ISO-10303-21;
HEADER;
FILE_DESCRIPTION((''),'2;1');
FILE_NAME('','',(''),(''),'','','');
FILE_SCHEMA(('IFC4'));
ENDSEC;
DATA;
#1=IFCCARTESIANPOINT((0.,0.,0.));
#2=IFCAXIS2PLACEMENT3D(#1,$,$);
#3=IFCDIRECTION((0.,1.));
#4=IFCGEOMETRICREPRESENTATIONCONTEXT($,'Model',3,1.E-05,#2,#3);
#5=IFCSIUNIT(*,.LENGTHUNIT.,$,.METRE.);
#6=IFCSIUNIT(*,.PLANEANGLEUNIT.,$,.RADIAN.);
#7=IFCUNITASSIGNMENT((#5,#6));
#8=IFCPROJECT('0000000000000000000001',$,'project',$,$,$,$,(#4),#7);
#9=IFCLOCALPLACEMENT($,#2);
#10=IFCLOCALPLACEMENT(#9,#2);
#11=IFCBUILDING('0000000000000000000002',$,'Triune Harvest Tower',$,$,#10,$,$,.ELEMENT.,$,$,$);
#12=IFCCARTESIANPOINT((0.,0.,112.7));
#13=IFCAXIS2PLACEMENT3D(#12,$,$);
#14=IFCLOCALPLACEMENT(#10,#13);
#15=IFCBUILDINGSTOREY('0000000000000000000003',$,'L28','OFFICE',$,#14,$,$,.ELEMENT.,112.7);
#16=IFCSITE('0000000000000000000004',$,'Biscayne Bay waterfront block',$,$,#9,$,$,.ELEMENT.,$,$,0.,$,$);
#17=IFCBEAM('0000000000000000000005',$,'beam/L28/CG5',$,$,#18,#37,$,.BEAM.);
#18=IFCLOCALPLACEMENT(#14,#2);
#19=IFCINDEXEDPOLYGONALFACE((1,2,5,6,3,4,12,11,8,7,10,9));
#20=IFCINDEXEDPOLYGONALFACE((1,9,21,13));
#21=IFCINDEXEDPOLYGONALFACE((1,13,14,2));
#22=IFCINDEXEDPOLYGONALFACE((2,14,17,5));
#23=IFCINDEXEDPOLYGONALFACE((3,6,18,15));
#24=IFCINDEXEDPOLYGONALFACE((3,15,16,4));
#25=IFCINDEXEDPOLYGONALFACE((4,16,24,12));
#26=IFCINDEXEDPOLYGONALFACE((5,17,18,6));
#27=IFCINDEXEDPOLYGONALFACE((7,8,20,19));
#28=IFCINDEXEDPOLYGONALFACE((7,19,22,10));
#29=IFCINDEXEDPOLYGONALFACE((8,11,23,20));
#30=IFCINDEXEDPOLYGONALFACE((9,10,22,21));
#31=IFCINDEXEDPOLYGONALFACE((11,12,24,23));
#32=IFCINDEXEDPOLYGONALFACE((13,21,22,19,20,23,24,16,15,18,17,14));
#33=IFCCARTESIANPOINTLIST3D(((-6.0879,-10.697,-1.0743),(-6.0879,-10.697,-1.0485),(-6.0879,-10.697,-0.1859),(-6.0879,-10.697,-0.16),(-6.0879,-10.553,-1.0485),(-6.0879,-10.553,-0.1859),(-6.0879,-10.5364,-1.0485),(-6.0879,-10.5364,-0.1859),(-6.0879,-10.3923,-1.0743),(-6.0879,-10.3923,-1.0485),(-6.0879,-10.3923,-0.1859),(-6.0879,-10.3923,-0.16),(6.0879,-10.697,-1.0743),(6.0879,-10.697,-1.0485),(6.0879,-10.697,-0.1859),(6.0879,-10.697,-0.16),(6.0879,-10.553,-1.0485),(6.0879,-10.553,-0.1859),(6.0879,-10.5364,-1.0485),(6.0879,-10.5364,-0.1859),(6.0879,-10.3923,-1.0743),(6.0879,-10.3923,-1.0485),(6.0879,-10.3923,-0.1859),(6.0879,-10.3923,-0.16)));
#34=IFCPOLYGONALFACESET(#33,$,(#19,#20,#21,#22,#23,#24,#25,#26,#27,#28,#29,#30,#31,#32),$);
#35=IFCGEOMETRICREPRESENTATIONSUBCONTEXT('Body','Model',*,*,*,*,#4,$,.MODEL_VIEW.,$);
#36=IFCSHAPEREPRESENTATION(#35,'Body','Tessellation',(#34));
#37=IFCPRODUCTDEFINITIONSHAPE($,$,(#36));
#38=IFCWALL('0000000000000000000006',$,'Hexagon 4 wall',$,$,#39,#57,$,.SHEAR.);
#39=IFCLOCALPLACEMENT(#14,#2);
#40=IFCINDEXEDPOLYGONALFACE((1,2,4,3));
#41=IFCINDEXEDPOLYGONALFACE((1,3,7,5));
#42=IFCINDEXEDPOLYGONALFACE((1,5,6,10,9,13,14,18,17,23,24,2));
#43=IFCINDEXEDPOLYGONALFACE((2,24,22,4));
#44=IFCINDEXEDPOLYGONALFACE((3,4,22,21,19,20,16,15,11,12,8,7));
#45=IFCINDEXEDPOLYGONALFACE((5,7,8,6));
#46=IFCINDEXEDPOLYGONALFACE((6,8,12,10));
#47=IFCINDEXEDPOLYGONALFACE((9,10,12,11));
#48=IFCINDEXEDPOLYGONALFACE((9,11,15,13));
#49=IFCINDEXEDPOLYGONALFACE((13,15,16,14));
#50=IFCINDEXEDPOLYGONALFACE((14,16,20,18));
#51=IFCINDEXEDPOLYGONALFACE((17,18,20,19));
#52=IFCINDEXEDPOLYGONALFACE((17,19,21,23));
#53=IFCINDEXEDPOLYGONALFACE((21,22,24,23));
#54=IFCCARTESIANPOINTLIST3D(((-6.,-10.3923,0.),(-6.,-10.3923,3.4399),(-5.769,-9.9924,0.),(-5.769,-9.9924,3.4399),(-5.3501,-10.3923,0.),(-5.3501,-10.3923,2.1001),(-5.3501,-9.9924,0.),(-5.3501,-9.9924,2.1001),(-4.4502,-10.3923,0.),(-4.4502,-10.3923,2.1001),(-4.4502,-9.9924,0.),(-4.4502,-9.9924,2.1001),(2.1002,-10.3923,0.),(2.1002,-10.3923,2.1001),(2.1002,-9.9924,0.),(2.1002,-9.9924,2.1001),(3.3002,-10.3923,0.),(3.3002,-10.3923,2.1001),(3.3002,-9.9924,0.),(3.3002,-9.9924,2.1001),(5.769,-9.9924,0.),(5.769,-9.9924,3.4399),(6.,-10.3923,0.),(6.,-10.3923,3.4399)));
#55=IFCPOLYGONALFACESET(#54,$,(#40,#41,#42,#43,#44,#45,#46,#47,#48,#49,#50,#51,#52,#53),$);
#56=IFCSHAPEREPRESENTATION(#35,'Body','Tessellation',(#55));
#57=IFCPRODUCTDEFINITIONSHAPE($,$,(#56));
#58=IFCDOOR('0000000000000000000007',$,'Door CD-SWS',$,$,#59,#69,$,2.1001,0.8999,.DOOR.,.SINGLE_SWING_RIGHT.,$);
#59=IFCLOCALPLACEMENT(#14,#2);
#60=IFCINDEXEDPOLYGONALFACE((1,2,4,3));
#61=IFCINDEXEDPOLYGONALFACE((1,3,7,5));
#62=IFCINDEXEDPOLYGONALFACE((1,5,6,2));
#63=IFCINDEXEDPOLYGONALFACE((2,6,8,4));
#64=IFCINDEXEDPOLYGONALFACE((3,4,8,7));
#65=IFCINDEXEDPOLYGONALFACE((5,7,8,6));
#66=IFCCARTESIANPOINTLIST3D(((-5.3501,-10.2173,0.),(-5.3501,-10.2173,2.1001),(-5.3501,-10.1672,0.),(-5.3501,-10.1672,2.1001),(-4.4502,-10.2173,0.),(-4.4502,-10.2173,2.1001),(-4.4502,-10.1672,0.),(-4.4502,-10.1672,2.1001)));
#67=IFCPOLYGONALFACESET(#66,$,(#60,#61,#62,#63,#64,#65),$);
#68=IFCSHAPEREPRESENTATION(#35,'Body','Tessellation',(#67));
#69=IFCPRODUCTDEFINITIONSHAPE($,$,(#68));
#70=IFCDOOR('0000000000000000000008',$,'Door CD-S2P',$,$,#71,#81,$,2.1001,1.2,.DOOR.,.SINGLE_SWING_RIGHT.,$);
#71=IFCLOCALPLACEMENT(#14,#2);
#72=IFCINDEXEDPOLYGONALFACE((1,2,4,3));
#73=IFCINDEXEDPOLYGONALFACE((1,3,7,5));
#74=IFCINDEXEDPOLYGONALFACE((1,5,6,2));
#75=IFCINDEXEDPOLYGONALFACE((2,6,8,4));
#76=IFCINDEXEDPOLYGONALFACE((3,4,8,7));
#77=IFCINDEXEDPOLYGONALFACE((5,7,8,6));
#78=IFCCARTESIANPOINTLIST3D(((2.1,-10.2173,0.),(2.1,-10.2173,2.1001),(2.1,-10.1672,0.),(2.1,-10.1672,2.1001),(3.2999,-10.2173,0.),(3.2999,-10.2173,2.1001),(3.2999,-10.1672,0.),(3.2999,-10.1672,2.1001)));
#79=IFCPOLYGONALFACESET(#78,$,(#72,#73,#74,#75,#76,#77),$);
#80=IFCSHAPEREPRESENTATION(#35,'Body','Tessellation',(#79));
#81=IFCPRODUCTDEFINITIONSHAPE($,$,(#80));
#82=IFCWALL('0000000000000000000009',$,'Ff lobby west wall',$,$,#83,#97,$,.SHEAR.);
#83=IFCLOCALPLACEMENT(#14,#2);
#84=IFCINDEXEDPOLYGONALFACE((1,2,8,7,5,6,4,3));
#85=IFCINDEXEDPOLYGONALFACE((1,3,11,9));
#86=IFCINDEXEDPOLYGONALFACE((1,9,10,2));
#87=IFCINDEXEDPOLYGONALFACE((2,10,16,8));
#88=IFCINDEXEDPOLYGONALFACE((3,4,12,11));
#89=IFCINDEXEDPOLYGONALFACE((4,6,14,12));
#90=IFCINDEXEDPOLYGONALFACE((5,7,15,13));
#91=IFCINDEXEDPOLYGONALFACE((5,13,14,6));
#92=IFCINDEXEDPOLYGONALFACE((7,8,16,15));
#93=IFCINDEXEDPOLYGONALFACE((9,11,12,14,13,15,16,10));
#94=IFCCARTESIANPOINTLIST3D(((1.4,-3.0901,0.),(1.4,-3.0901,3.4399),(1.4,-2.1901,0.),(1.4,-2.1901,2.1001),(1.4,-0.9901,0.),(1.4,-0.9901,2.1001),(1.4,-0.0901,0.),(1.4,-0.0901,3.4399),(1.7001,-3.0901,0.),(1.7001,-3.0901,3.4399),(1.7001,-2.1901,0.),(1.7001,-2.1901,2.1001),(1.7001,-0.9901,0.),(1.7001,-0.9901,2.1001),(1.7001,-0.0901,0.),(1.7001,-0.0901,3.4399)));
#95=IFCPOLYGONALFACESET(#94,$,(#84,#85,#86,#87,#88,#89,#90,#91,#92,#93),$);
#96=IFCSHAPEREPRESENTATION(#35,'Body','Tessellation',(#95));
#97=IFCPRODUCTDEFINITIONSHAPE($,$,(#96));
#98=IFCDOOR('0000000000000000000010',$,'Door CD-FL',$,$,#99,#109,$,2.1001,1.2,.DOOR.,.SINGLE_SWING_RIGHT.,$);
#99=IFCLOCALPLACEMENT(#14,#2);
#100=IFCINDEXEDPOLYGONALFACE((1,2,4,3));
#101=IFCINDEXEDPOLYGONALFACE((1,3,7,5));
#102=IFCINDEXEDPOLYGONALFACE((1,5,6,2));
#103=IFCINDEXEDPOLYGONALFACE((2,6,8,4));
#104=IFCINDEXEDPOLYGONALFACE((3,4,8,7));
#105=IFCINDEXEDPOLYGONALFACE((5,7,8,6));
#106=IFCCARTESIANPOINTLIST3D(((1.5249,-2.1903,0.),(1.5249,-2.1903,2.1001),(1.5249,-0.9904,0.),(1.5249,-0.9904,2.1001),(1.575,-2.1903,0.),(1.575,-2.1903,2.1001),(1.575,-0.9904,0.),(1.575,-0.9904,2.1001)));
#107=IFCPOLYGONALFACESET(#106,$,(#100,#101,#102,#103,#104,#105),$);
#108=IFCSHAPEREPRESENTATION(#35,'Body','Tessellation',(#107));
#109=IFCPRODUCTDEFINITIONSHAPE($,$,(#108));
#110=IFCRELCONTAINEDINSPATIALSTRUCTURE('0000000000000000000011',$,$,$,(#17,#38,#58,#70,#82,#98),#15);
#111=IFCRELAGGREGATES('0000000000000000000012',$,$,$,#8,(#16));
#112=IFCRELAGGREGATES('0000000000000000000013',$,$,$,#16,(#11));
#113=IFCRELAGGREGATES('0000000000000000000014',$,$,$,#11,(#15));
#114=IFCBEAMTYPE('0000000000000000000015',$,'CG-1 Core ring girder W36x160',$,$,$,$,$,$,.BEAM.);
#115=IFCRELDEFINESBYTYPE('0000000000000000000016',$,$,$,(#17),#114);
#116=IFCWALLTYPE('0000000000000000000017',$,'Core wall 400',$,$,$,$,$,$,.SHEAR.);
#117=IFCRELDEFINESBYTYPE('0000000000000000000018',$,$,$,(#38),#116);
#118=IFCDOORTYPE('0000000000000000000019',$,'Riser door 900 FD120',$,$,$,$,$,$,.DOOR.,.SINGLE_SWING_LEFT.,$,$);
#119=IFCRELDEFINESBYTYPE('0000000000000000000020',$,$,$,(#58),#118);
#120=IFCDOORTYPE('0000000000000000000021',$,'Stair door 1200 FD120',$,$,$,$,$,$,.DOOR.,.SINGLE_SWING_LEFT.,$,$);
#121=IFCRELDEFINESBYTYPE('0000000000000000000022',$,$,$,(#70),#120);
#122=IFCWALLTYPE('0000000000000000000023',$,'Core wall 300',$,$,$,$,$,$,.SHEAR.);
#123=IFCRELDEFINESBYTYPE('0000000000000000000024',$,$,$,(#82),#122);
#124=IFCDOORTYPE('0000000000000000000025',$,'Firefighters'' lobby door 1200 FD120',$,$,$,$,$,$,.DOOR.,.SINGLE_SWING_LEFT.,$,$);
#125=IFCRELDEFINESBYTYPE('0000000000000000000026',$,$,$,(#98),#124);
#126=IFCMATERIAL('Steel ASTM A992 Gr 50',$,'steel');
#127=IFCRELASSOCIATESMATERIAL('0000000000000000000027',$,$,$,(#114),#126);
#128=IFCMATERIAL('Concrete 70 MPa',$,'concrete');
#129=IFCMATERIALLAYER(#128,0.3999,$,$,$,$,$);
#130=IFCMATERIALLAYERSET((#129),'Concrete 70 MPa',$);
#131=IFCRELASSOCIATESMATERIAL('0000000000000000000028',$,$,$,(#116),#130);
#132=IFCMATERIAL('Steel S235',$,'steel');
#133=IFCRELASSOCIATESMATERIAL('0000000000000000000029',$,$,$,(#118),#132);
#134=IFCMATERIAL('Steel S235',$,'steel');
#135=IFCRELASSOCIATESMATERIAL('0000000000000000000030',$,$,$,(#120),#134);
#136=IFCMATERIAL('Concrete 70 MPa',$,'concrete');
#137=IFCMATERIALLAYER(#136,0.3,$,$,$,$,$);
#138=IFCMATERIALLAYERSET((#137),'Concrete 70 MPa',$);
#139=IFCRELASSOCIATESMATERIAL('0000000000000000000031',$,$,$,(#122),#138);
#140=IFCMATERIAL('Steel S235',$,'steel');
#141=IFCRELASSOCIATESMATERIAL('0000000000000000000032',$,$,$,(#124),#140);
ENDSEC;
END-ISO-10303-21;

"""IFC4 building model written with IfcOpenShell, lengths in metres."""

from ifc_helpers import new_model, si_unit, direction, frame, frame_2d, origin, origin_2d, place, context, subcontext, project, spatial, polyline, rectangle, i_section, outline, extrude, source, transform, mapped, material, layer, layer_set, material_profile, profile_set, type_object, element, fill, save


model = new_model("IFC4")

# Units and contexts
model_context = context("Model", 3, precision=1e-05, world=origin(), true_north=direction((0.0, 1.0)))
body_context = subcontext(model_context, "Body", "Model", "MODEL_VIEW")
ifc_project = project(units=[si_unit("LENGTHUNIT", "METRE"), si_unit("PLANEANGLEUNIT", "RADIAN")], contexts=[model_context])

# Site, building, storey
site_placement = place(None, origin())
site = spatial("IfcSite", under=ifc_project, at=site_placement, Name="Biscayne Bay waterfront block", CompositionType="ELEMENT", RefElevation=0.0)
building_placement = place(site_placement, origin())
building = spatial("IfcBuilding", under=site, at=building_placement, Name="Triune Harvest Tower", CompositionType="ELEMENT")
storey_placement = place(building_placement, frame((0.0, 0.0, 112.7)))
storey = spatial("IfcBuildingStorey", under=building, at=storey_placement, Name="L28", Description="OFFICE", CompositionType="ELEMENT", Elevation=112.7)

# Beam
ifc_material_1 = material(Name="Steel ASTM A992 Gr 50", Category="steel")
ifc_material_profile = material_profile(ifc_material_1, i_section(OverallWidth=0.3047, OverallDepth=0.9143, WebThickness=0.0166, FlangeThickness=0.0259, at=origin_2d()), Name="W36x160")
ifc_profile_set = profile_set([ifc_material_profile], Name="Steel ASTM A992 Gr 50")
beam_type = type_object("IfcBeamType", Name="CG-1 Core ring girder W36x160", PredefinedType="BEAM", material=ifc_profile_set)
shared_shape_1 = source(origin(), body_context, "Body", "SweptSolid", [
    extrude(i_section(OverallWidth=0.3047, OverallDepth=0.9143, WebThickness=0.0166, FlangeThickness=0.0259, at=origin_2d()), origin(), (0.0, 0.0, 1.0), 12.1758),
])
beam_placement = place(storey_placement, frame((-6.0879, -10.5447, -0.6172), z_axis=(1.0, 0.0, 0.0), x_axis=(0.0, 1.0, 0.0)))
element("IfcBeam", 1, at=beam_placement, inside=storey, type_object=beam_type, Name="beam/L28/CG5", PredefinedType="BEAM", context=body_context, shape_type="MappedRepresentation", body=[
    mapped(shared_shape_1, transform((0.0, 0.0, 0.0), scale=1.0)),
])

# Wall, openings, doors
ifc_material_2 = material(Name="Concrete 70 MPa", Category="concrete")
ifc_layer_1 = layer(ifc_material_2, 0.3999)
ifc_layer_set_1 = layer_set([ifc_layer_1], Name="Concrete 70 MPa")
wall_type_1 = type_object("IfcWallType", Name="Core wall 400", PredefinedType="SHEAR", material=ifc_layer_set_1)
shared_shape_2 = source(origin(), body_context, "Body", "SweptSolid", [
    extrude(outline(polyline([(-0.1155, -0.2), (11.8845, -0.2), (11.6536, 0.2), (0.1155, 0.2), (-0.1155, -0.2)])), origin(), (0.0, 0.0, 1.0), 3.4399),
])
wall_1_placement = place(storey_placement, frame((-5.8845, -10.1924, 0.0), z_axis=(0.0, 0.0, 1.0), x_axis=(1.0, 0.0, 0.0)))
wall_1 = element("IfcWall", 2, at=wall_1_placement, inside=storey, type_object=wall_type_1, Name="Hexagon 4 wall", PredefinedType="SHEAR", context=body_context, shape_type="MappedRepresentation", body=[
    mapped(shared_shape_2, transform((0.0, 0.0, 0.0), scale=1.0)),
])
opening_1_placement = place(wall_1_placement, frame((7.9846, 0.0, 0.0)))
opening_1 = element("IfcOpeningElement", 3, at=opening_1_placement, cuts=wall_1, PredefinedType="OPENING", context=body_context, shape_type="SweptSolid", body=[
    extrude(rectangle(XDim=1.2, YDim=2.1001, at=frame_2d((0.6001, 1.05))), frame((0.0, 0.21, 0.0), z_axis=(0.0, -1.0, 0.0), x_axis=(1.0, 0.0, 0.0)), (0.0, 0.0, 1.0), 0.4199),
])
opening_2_placement = place(wall_1_placement, frame((0.5344, 0.0, 0.0)))
opening_2 = element("IfcOpeningElement", 4, at=opening_2_placement, cuts=wall_1, PredefinedType="OPENING", context=body_context, shape_type="SweptSolid", body=[
    extrude(rectangle(XDim=0.8999, YDim=2.1001, at=frame_2d((0.45, 1.05))), frame((0.0, 0.21, 0.0), z_axis=(0.0, -1.0, 0.0), x_axis=(1.0, 0.0, 0.0)), (0.0, 0.0, 1.0), 0.4199),
])
ifc_material_3 = material(Name="Steel S235", Category="steel")
door_type_1 = type_object("IfcDoorType", Name="Riser door 900 FD120", OperationType="SINGLE_SWING_LEFT", PredefinedType="DOOR", material=ifc_material_3)
door_1_placement = place(opening_2_placement, frame((0.8999, 0.0, 0.0), z_axis=(0.0, 0.0, 1.0), x_axis=(-1.0, 0.0, 0.0)))
door_1 = element("IfcDoor", 5, at=door_1_placement, inside=storey, type_object=door_type_1, Name="Door CD-SWS", OperationType="SINGLE_SWING_RIGHT", OverallHeight=2.1001, OverallWidth=0.8999, PredefinedType="DOOR", context=body_context, shape_type="SweptSolid", body=[
    extrude(rectangle(XDim=0.8999, YDim=2.1001, at=frame_2d((0.45, 1.05))), frame((0.0, 0.0249, 0.0), z_axis=(0.0, -1.0, 0.0), x_axis=(1.0, 0.0, 0.0)), (0.0, 0.0, 1.0), 0.05),
])
fill(opening_2, door_1)
ifc_material_4 = material(Name="Steel S235", Category="steel")
door_type_2 = type_object("IfcDoorType", Name="Stair door 1200 FD120", OperationType="SINGLE_SWING_LEFT", PredefinedType="DOOR", material=ifc_material_4)
door_2_placement = place(opening_1_placement, frame((1.2, 0.0, 0.0), z_axis=(0.0, 0.0, 1.0), x_axis=(-1.0, 0.0, 0.0)))
door_2 = element("IfcDoor", 6, at=door_2_placement, inside=storey, type_object=door_type_2, Name="Door CD-S2P", OperationType="SINGLE_SWING_RIGHT", OverallHeight=2.1001, OverallWidth=1.2, PredefinedType="DOOR", context=body_context, shape_type="SweptSolid", body=[
    extrude(rectangle(XDim=1.2, YDim=2.1001, at=frame_2d((0.6001, 1.05))), frame((0.0, 0.0249, 0.0), z_axis=(0.0, -1.0, 0.0), x_axis=(1.0, 0.0, 0.0)), (0.0, 0.0, 1.0), 0.05),
])
fill(opening_1, door_2)

# Wall, opening, door
ifc_material_5 = material(Name="Concrete 70 MPa", Category="concrete")
ifc_layer_2 = layer(ifc_material_5, 0.3)
ifc_layer_set_2 = layer_set([ifc_layer_2], Name="Concrete 70 MPa")
wall_type_2 = type_object("IfcWallType", Name="Core wall 300", PredefinedType="SHEAR", material=ifc_layer_set_2)
shared_shape_3 = source(origin(), body_context, "Body", "SweptSolid", [
    extrude(rectangle(XDim=3.0, YDim=0.3, at=frame_2d((1.5, 0.0))), origin(), (0.0, 0.0, 1.0), 3.4399),
])
wall_2_placement = place(storey_placement, frame((1.55, -3.0901, 0.0), z_axis=(0.0, 0.0, 1.0), x_axis=(0.0, 1.0, 0.0)))
wall_2 = element("IfcWall", 7, at=wall_2_placement, inside=storey, type_object=wall_type_2, Name="Ff lobby west wall", PredefinedType="SHEAR", context=body_context, shape_type="MappedRepresentation", body=[
    mapped(shared_shape_3, transform((0.0, 0.0, 0.0), scale=1.0)),
])
opening_3_placement = place(wall_2_placement, frame((0.8999, 0.0, 0.0)))
opening_3 = element("IfcOpeningElement", 8, at=opening_3_placement, cuts=wall_2, PredefinedType="OPENING", context=body_context, shape_type="SweptSolid", body=[
    extrude(rectangle(XDim=1.2, YDim=2.1001, at=frame_2d((0.6001, 1.05))), frame((0.0, 0.1602, 0.0), z_axis=(0.0, -1.0, 0.0), x_axis=(1.0, 0.0, 0.0)), (0.0, 0.0, 1.0), 0.3201),
])
ifc_material_6 = material(Name="Steel S235", Category="steel")
door_type_3 = type_object("IfcDoorType", Name="Firefighters' lobby door 1200 FD120", OperationType="SINGLE_SWING_LEFT", PredefinedType="DOOR", material=ifc_material_6)
door_3_placement = place(opening_3_placement, frame((1.2, 0.0, 0.0), z_axis=(0.0, 0.0, 1.0), x_axis=(-1.0, 0.0, 0.0)))
door_3 = element("IfcDoor", 9, at=door_3_placement, inside=storey, type_object=door_type_3, Name="Door CD-FL", OperationType="SINGLE_SWING_RIGHT", OverallHeight=2.1001, OverallWidth=1.2, PredefinedType="DOOR", context=body_context, shape_type="SweptSolid", body=[
    extrude(rectangle(XDim=1.2, YDim=2.1001, at=frame_2d((0.6001, 1.05))), frame((0.0, 0.0249, 0.0), z_axis=(0.0, -1.0, 0.0), x_axis=(1.0, 0.0, 0.0)), (0.0, 0.0, 1.0), 0.05),
])
fill(opening_3, door_3)

save(model, "model.ifc")
